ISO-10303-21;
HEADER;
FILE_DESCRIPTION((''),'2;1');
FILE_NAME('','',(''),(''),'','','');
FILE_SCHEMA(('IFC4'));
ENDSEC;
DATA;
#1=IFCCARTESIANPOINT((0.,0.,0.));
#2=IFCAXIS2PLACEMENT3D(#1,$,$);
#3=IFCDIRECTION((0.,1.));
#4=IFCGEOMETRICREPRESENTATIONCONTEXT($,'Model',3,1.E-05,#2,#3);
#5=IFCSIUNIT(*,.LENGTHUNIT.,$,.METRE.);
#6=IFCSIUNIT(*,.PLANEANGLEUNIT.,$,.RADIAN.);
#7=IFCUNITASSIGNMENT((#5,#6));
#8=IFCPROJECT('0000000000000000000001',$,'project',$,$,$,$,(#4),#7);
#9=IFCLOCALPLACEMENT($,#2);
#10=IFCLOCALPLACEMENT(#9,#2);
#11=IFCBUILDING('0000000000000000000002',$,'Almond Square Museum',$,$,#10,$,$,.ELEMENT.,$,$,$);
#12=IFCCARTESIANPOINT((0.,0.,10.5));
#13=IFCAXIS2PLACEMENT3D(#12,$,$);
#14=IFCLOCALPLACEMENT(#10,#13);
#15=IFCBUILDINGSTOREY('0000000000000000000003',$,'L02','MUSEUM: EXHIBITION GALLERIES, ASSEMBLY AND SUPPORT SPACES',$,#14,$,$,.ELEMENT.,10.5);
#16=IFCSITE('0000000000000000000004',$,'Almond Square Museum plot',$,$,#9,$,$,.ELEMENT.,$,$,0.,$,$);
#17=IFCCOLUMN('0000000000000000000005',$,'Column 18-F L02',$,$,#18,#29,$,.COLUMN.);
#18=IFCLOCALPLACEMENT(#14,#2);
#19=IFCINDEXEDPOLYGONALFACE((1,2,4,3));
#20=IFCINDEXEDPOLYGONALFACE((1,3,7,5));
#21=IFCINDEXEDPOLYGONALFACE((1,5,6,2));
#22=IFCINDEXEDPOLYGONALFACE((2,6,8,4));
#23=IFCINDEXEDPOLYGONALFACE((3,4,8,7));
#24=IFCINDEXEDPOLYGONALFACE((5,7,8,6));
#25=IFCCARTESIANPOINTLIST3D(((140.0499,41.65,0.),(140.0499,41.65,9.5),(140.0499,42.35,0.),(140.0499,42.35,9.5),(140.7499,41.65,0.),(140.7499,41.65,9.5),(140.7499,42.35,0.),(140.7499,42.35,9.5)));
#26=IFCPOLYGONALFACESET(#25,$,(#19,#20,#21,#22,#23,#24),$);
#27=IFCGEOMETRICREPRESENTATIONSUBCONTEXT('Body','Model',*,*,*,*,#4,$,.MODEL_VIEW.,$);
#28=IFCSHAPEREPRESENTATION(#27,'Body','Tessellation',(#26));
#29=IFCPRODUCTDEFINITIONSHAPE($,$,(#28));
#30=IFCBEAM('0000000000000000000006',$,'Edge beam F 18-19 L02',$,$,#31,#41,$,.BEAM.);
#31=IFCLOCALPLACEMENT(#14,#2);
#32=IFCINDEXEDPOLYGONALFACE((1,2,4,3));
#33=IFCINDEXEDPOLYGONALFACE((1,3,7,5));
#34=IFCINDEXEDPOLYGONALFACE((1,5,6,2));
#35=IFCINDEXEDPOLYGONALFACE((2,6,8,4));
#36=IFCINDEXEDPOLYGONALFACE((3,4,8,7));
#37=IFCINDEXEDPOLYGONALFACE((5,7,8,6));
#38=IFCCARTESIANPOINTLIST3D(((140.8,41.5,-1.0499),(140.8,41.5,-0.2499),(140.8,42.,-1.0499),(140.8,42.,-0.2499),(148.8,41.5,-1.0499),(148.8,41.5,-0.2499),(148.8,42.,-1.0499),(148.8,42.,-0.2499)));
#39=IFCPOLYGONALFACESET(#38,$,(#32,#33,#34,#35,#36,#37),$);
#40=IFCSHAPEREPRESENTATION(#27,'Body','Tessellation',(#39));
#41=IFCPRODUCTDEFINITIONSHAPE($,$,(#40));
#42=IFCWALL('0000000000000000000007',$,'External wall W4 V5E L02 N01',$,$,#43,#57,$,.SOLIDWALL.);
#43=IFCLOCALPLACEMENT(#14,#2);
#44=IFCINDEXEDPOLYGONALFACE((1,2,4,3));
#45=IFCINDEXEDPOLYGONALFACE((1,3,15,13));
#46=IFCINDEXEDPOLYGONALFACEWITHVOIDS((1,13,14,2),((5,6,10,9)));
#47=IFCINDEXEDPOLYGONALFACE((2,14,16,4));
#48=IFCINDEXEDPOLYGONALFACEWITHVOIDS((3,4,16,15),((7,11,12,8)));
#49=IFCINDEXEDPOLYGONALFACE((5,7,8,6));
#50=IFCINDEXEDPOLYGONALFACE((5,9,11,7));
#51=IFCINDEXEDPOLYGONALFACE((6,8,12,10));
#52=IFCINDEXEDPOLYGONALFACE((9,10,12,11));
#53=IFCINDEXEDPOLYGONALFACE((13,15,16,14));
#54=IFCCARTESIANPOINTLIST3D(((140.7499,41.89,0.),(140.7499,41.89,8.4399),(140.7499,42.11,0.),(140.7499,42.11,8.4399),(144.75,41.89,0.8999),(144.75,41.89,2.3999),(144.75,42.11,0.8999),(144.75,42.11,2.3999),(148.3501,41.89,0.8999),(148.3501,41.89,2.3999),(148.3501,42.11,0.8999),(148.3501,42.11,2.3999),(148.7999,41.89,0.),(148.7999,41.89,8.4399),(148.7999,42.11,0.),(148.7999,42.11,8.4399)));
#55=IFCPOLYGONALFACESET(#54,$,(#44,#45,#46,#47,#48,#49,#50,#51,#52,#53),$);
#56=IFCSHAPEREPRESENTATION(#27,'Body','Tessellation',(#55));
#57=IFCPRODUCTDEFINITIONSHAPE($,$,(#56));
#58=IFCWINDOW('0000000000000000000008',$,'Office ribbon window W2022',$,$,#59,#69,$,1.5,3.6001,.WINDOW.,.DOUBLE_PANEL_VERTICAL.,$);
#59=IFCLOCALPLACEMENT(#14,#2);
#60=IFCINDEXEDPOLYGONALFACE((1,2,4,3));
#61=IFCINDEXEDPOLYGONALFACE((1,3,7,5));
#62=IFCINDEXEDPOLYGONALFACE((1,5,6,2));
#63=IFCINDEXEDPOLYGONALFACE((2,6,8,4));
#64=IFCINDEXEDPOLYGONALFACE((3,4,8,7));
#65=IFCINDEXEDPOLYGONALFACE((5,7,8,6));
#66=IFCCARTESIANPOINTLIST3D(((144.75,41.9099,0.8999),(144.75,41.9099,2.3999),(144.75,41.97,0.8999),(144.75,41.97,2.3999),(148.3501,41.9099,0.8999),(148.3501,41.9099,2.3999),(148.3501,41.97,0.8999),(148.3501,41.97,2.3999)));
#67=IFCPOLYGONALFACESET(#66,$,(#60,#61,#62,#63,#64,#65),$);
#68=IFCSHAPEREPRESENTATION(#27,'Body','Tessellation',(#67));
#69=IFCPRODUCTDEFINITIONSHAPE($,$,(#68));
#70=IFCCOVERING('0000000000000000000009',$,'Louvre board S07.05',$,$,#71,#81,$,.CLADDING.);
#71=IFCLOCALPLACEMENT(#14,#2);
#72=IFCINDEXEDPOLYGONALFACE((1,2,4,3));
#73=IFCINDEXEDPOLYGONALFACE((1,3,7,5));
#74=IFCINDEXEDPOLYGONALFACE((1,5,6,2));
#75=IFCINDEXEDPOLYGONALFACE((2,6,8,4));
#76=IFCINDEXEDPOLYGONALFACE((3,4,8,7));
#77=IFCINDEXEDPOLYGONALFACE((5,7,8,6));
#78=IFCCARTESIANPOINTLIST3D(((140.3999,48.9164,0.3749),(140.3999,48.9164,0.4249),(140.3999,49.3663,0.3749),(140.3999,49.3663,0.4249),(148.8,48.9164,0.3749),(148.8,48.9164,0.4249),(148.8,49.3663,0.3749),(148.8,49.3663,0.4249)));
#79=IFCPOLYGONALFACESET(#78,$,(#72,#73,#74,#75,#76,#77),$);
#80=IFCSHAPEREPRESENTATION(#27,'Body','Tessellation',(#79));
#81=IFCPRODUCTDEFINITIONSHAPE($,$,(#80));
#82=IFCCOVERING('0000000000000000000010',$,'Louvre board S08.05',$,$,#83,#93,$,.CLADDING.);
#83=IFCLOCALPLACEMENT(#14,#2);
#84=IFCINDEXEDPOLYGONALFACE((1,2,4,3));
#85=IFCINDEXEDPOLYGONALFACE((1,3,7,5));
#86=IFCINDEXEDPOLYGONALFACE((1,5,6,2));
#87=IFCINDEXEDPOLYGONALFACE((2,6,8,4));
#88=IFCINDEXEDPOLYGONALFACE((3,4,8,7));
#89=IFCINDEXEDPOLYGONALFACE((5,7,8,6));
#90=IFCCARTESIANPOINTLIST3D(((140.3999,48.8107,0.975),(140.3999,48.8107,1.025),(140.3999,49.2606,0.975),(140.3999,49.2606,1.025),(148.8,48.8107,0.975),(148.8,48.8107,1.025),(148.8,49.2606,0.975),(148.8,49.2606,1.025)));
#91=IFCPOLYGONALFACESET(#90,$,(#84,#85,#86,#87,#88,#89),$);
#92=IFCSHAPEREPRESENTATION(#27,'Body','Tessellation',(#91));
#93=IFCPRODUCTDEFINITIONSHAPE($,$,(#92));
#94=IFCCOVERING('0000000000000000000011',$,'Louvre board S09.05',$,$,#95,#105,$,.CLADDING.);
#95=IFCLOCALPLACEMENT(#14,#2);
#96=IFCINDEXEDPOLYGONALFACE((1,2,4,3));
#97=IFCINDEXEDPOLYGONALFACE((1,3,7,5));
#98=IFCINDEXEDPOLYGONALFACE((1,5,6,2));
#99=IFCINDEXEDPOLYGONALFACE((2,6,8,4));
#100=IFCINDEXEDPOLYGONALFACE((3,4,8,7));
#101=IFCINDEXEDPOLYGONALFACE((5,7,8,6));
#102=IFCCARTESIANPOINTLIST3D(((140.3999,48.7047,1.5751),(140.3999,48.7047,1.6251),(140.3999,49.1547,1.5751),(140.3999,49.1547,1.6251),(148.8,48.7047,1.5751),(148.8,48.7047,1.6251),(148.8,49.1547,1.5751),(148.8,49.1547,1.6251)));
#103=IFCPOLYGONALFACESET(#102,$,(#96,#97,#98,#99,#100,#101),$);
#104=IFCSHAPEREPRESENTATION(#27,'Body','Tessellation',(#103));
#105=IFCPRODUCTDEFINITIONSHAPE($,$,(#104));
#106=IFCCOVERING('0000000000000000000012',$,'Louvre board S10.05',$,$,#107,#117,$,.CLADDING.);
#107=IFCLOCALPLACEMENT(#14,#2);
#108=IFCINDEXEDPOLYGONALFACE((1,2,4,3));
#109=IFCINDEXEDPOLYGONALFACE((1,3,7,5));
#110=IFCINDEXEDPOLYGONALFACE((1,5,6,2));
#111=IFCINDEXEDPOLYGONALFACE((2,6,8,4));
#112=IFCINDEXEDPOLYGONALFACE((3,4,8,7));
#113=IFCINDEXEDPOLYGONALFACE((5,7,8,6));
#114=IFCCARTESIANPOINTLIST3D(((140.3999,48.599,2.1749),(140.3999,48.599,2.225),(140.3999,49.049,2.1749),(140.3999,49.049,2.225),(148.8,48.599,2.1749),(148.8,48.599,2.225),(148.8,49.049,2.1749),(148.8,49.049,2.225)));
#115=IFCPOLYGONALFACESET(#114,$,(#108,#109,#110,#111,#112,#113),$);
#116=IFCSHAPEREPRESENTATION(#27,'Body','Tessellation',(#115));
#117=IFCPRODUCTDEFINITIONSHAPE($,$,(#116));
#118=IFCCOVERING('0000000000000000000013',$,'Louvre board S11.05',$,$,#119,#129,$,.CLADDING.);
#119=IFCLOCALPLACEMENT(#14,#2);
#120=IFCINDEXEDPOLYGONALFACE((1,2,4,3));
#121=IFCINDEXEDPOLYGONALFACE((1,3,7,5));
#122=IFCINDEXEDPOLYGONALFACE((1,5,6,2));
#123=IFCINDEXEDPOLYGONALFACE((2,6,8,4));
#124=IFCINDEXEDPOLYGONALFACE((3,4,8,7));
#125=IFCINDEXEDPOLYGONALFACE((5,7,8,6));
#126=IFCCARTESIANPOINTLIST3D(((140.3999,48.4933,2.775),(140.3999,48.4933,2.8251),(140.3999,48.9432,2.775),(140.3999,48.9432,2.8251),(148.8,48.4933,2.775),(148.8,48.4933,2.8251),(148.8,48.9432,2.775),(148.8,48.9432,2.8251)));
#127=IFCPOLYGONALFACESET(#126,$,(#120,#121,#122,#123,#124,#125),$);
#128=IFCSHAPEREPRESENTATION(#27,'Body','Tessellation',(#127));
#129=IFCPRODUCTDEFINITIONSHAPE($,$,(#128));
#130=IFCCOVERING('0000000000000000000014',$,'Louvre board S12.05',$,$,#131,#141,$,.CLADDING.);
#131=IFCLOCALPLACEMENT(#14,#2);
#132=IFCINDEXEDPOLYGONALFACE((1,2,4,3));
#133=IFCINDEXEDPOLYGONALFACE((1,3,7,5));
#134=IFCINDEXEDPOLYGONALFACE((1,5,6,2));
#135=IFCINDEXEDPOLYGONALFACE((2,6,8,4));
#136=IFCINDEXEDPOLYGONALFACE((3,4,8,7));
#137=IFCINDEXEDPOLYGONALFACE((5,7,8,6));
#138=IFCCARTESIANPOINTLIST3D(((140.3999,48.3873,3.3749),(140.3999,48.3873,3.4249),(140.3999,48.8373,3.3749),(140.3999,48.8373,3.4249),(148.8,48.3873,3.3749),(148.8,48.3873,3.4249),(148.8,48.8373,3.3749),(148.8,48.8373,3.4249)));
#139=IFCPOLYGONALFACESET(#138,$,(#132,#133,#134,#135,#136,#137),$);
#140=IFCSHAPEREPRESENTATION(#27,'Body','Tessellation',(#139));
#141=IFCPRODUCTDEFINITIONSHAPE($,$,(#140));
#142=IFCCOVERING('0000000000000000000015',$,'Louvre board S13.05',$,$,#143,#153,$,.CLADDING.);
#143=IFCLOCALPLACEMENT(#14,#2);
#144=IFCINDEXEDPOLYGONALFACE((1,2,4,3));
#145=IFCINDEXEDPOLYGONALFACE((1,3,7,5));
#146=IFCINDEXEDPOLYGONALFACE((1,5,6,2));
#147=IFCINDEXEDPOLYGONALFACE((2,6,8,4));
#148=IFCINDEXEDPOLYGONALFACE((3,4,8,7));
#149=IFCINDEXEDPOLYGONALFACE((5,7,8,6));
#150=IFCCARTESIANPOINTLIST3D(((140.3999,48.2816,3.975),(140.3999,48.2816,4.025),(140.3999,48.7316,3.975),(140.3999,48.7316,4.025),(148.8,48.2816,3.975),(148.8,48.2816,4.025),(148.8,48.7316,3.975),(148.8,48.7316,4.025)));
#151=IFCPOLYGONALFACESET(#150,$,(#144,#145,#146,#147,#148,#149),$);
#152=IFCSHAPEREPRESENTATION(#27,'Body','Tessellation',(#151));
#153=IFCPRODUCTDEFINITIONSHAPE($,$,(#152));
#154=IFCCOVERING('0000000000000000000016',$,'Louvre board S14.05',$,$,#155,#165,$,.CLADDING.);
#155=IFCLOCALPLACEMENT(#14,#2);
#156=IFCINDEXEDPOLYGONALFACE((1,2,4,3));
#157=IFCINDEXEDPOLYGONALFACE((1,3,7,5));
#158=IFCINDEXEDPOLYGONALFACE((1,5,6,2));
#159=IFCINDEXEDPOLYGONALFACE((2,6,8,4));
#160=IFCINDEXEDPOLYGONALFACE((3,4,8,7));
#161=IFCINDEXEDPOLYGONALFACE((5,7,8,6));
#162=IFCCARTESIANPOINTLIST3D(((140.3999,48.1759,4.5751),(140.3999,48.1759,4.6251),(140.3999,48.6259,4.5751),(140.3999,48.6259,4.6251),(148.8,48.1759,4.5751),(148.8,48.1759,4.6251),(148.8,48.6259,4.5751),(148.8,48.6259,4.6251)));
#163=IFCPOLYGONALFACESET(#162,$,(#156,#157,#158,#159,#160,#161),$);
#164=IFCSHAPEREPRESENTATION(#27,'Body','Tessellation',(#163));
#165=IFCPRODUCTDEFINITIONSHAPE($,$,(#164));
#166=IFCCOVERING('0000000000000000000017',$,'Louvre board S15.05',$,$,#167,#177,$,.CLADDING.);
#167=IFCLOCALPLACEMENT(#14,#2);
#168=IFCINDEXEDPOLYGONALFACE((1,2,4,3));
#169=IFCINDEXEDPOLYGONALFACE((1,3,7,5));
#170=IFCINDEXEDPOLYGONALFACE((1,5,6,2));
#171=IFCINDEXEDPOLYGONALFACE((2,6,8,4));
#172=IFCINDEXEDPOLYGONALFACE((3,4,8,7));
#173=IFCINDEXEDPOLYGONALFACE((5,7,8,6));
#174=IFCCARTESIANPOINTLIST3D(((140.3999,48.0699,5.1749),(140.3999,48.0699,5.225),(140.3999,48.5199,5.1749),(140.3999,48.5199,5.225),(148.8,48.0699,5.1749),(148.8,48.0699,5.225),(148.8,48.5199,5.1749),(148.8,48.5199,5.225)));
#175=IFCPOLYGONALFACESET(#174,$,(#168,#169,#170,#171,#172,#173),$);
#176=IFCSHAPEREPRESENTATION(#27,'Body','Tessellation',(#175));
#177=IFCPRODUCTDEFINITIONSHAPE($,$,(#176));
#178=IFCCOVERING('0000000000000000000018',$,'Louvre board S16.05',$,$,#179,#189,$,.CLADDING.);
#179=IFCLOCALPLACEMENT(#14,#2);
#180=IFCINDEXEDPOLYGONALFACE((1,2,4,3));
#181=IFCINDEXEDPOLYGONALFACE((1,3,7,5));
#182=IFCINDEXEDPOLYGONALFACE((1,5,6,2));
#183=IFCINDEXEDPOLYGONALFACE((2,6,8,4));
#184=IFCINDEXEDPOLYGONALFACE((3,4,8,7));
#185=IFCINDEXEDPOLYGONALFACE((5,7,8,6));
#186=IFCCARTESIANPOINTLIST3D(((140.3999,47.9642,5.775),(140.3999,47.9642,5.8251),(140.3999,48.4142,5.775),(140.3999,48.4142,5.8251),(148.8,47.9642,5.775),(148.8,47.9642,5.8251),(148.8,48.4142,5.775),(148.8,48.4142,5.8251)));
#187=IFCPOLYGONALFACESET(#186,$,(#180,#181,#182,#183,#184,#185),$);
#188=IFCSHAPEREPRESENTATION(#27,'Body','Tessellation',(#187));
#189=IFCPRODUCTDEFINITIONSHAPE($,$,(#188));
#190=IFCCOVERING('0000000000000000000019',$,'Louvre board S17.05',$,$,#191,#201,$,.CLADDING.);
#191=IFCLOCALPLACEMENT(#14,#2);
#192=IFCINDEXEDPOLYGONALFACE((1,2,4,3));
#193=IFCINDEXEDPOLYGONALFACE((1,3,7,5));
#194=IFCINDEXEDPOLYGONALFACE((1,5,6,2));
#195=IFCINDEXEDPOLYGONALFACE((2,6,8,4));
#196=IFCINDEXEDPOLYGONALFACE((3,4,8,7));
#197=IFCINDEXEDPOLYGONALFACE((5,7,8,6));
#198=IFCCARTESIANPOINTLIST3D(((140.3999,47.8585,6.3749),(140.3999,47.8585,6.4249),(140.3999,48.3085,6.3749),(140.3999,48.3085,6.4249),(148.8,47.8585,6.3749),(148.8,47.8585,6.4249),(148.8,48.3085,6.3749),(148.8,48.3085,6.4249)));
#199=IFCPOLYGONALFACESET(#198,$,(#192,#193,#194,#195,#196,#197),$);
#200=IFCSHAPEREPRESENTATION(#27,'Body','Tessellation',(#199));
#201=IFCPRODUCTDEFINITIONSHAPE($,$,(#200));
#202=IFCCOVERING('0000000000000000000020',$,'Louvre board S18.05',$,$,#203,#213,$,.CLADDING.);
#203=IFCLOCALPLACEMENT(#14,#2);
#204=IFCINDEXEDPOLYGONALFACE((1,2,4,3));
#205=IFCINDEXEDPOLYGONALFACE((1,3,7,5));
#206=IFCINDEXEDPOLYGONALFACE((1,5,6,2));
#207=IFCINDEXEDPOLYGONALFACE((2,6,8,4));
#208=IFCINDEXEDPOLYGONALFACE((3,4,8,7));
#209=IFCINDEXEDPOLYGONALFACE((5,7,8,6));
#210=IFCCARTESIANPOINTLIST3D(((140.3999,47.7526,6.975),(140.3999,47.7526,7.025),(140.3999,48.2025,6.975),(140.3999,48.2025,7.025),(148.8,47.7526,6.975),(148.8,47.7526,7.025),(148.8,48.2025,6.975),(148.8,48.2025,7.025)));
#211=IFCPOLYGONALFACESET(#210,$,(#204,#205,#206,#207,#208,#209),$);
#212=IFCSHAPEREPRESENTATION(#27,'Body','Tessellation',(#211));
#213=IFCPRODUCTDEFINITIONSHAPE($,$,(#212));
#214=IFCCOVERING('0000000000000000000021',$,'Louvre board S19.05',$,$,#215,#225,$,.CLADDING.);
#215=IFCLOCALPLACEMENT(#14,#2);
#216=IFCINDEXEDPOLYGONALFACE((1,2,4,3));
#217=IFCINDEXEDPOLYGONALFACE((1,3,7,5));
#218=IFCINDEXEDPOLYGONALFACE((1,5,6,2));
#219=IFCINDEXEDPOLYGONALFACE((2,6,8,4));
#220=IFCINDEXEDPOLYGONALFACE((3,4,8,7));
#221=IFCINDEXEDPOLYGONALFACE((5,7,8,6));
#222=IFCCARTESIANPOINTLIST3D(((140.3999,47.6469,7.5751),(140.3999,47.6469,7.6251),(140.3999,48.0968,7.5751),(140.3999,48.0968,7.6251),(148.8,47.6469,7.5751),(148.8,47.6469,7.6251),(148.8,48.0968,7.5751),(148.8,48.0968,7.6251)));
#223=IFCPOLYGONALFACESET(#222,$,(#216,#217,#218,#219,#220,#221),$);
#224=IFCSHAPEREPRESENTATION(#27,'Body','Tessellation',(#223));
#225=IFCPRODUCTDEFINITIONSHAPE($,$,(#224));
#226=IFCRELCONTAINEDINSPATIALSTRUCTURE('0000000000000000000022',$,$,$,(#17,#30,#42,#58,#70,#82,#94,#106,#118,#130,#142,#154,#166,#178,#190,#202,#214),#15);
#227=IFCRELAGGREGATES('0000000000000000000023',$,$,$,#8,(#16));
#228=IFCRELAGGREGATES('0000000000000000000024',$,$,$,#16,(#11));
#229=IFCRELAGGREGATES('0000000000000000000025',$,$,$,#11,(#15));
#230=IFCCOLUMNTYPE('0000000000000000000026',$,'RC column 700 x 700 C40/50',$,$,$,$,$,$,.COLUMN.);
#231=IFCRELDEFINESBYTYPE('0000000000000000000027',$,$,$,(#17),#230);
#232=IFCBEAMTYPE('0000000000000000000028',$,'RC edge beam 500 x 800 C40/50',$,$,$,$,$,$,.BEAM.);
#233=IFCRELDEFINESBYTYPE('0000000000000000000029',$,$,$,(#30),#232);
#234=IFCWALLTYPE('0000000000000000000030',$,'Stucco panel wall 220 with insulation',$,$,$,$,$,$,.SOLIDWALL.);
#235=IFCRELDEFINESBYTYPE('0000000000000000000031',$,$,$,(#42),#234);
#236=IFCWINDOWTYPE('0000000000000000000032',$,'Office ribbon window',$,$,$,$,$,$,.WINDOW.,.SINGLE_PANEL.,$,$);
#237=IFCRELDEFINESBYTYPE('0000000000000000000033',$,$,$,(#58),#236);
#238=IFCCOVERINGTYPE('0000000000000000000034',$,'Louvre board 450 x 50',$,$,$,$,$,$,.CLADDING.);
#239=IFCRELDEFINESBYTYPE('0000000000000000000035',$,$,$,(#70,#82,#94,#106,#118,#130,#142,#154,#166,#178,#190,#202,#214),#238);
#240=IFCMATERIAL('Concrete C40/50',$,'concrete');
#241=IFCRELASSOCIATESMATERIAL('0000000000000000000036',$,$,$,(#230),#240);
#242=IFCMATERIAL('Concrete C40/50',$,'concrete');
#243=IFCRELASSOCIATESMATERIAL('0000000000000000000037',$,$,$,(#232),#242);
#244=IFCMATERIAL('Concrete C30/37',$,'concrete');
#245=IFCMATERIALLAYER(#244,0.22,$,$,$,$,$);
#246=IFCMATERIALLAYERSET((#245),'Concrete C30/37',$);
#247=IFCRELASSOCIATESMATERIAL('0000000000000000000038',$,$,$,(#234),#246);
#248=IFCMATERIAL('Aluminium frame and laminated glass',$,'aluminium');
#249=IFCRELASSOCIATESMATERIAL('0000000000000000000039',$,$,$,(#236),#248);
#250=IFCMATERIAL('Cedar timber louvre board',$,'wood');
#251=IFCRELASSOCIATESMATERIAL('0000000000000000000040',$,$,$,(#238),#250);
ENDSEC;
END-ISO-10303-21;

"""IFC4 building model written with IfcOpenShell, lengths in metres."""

from ifc_helpers import new_model, si_unit, direction, frame, frame_2d, origin, origin_2d, place, context, subcontext, project, spatial, rectangle, extrude, material, layer, layer_set, material_profile, profile_set, type_object, element, fill, save


model = new_model("IFC4")

# Units and contexts
model_context = context("Model", 3, precision=1e-05, world=origin(), true_north=direction((0.0, 1.0)))
body_context = subcontext(model_context, "Body", "Model", "MODEL_VIEW")
ifc_project = project(units=[si_unit("LENGTHUNIT", "METRE"), si_unit("PLANEANGLEUNIT", "RADIAN")], contexts=[model_context])

# Site, building, storey
site_placement = place(None, origin())
site = spatial("IfcSite", under=ifc_project, at=site_placement, Name="Almond Square Museum plot", CompositionType="ELEMENT", RefElevation=0.0)
building_placement = place(site_placement, origin())
building = spatial("IfcBuilding", under=site, at=building_placement, Name="Almond Square Museum", CompositionType="ELEMENT")
storey_placement = place(building_placement, frame((0.0, 0.0, 10.5)))
storey = spatial("IfcBuildingStorey", under=building, at=storey_placement, Name="L02", Description="MUSEUM: EXHIBITION GALLERIES, ASSEMBLY AND SUPPORT SPACES", CompositionType="ELEMENT", Elevation=10.5)

# Column
ifc_material_1 = material(Name="Concrete C40/50", Category="concrete")
ifc_material_profile_1 = material_profile(ifc_material_1, rectangle(XDim=0.7, YDim=0.7, at=origin_2d()))
ifc_profile_set_1 = profile_set([ifc_material_profile_1], Name="Concrete C40/50")
column_type = type_object("IfcColumnType", Name="RC column 700 x 700 C40/50", PredefinedType="COLUMN", material=ifc_profile_set_1)
column_placement = place(storey_placement, frame((140.3999, 42.0, 0.0), z_axis=(0.0, 0.0, 1.0), x_axis=(1.0, 0.0, 0.0)))
element("IfcColumn", 1, at=column_placement, inside=storey, type_object=column_type, Name="Column 18-F L02", PredefinedType="COLUMN", context=body_context, shape_type="SweptSolid", body=[
    extrude(rectangle(XDim=0.7, YDim=0.7, at=origin_2d()), origin(), (0.0, 0.0, 1.0), 9.5),
])

# Beam
ifc_material_2 = material(Name="Concrete C40/50", Category="concrete")
ifc_material_profile_2 = material_profile(ifc_material_2, rectangle(XDim=0.5, YDim=0.8, at=origin_2d()))
ifc_profile_set_2 = profile_set([ifc_material_profile_2], Name="Concrete C40/50")
beam_type = type_object("IfcBeamType", Name="RC edge beam 500 x 800 C40/50", PredefinedType="BEAM", material=ifc_profile_set_2)
beam_placement = place(storey_placement, frame((140.8, 41.75, -0.6499), z_axis=(1.0, 0.0, 0.0), x_axis=(0.0, 1.0, 0.0)))
element("IfcBeam", 2, at=beam_placement, inside=storey, type_object=beam_type, Name="Edge beam F 18-19 L02", PredefinedType="BEAM", context=body_context, shape_type="SweptSolid", body=[
    extrude(rectangle(XDim=0.5, YDim=0.8, at=origin_2d()), origin(), (0.0, 0.0, 1.0), 8.0),
])

# Wall, opening, window
ifc_material_3 = material(Name="Concrete C30/37", Category="concrete")
ifc_layer_1 = layer(ifc_material_3, 0.22)
ifc_layer_set_1 = layer_set([ifc_layer_1], Name="Concrete C30/37")
wall_type = type_object("IfcWallType", Name="Stucco panel wall 220 with insulation", PredefinedType="SOLIDWALL", material=ifc_layer_set_1)
wall_placement = place(storey_placement, frame((140.75, 42.0, 0.0), z_axis=(0.0, 0.0, 1.0), x_axis=(1.0, 0.0, 0.0)))
wall = element("IfcWall", 3, at=wall_placement, inside=storey, type_object=wall_type, Name="External wall W4 V5E L02 N01", PredefinedType="SOLIDWALL", context=body_context, shape_type="SweptSolid", body=[
    extrude(rectangle(XDim=8.05, YDim=0.22, at=frame_2d((4.0249, 0.0))), origin(), (0.0, 0.0, 1.0), 8.4399),
])
opening_placement = place(wall_placement, frame((4.0, 0.0, 0.8999)))
opening = element("IfcOpeningElement", 4, at=opening_placement, cuts=wall, PredefinedType="OPENING", context=body_context, shape_type="SweptSolid", body=[
    extrude(rectangle(XDim=3.6001, YDim=1.5, at=frame_2d((1.8, 0.75))), frame((0.0, 0.1199, 0.0), z_axis=(0.0, -1.0, 0.0), x_axis=(1.0, 0.0, 0.0)), (0.0, 0.0, 1.0), 0.24),
])
ifc_material_4 = material(Name="Aluminium frame and laminated glass", Category="aluminium")
window_type = type_object("IfcWindowType", Name="Office ribbon window", PartitioningType="SINGLE_PANEL", PredefinedType="WINDOW", material=ifc_material_4)
window_placement = place(opening_placement, origin())
window = element("IfcWindow", 5, at=window_placement, inside=storey, type_object=window_type, Name="Office ribbon window W2022", OverallHeight=1.5, OverallWidth=3.6001, PartitioningType="DOUBLE_PANEL_VERTICAL", PredefinedType="WINDOW", context=body_context, shape_type="SweptSolid", body=[
    extrude(rectangle(XDim=3.6001, YDim=1.5, at=frame_2d((1.8, 0.75))), frame((0.0, -0.03, 0.0), z_axis=(0.0, -1.0, 0.0), x_axis=(1.0, 0.0, 0.0)), (0.0, 0.0, 1.0), 0.0601),
])
fill(opening, window)

# Coverings
ifc_material_5 = material(Name="Cedar timber louvre board", Category="wood")
ifc_material_profile_3 = material_profile(ifc_material_5, rectangle(XDim=0.45, YDim=0.05, at=origin_2d()))
ifc_profile_set_3 = profile_set([ifc_material_profile_3], Name="Cedar timber louvre board")
covering_type_1 = type_object("IfcCoveringType", Name="Louvre board 450 x 50", PredefinedType="CLADDING", material=ifc_profile_set_3)
for number, where, z_axis, x_axis, name in (
    (6, (140.3999, 49.1414, 0.3999), (1.0, 0.0, 0.0), (0.0, 1.0, 0.0), "Louvre board S07.05"),
    (7, (140.3999, 49.0356, 1.0), (1.0, 0.0, 0.0), (0.0, 1.0, 0.0), "Louvre board S08.05"),
    (8, (140.3999, 48.9297, 1.6001), (1.0, 0.0, 0.0), (0.0, 1.0, 0.0), "Louvre board S09.05"),
    (9, (140.3999, 48.824, 2.2), (1.0, 0.0, 0.0), (0.0, 1.0, 0.0), "Louvre board S10.05"),
    (10, (140.3999, 48.7183, 2.8), (1.0, 0.0, 0.0), (0.0, 1.0, 0.0), "Louvre board S11.05"),
    (11, (140.3999, 48.6123, 3.3999), (1.0, 0.0, 0.0), (0.0, 1.0, 0.0), "Louvre board S12.05"),
    (12, (140.3999, 48.5066, 4.0), (1.0, 0.0, 0.0), (0.0, 1.0, 0.0), "Louvre board S13.05"),
    (13, (140.3999, 48.4009, 4.6001), (1.0, 0.0, 0.0), (0.0, 1.0, 0.0), "Louvre board S14.05"),
    (14, (140.3999, 48.2949, 5.2), (1.0, 0.0, 0.0), (0.0, 1.0, 0.0), "Louvre board S15.05"),
    (15, (140.3999, 48.1892, 5.8), (1.0, 0.0, 0.0), (0.0, 1.0, 0.0), "Louvre board S16.05"),
    (16, (140.3999, 48.0835, 6.3999), (1.0, 0.0, 0.0), (0.0, 1.0, 0.0), "Louvre board S17.05"),
    (17, (140.3999, 47.9775, 7.0), (1.0, 0.0, 0.0), (0.0, 1.0, 0.0), "Louvre board S18.05"),
    (18, (140.3999, 47.8718, 7.6001), (1.0, 0.0, 0.0), (0.0, 1.0, 0.0), "Louvre board S19.05"),
):
    element("IfcCovering", number, at=place(storey_placement, frame(where, z_axis=z_axis, x_axis=x_axis)), inside=storey, type_object=covering_type_1, Name=name, PredefinedType="CLADDING", context=body_context, shape_type="SweptSolid", body=[
        extrude(rectangle(XDim=0.45, YDim=0.05, at=origin_2d()), origin(), (0.0, 0.0, 1.0), 8.4001),
    ])

save(model, "model.ifc")
